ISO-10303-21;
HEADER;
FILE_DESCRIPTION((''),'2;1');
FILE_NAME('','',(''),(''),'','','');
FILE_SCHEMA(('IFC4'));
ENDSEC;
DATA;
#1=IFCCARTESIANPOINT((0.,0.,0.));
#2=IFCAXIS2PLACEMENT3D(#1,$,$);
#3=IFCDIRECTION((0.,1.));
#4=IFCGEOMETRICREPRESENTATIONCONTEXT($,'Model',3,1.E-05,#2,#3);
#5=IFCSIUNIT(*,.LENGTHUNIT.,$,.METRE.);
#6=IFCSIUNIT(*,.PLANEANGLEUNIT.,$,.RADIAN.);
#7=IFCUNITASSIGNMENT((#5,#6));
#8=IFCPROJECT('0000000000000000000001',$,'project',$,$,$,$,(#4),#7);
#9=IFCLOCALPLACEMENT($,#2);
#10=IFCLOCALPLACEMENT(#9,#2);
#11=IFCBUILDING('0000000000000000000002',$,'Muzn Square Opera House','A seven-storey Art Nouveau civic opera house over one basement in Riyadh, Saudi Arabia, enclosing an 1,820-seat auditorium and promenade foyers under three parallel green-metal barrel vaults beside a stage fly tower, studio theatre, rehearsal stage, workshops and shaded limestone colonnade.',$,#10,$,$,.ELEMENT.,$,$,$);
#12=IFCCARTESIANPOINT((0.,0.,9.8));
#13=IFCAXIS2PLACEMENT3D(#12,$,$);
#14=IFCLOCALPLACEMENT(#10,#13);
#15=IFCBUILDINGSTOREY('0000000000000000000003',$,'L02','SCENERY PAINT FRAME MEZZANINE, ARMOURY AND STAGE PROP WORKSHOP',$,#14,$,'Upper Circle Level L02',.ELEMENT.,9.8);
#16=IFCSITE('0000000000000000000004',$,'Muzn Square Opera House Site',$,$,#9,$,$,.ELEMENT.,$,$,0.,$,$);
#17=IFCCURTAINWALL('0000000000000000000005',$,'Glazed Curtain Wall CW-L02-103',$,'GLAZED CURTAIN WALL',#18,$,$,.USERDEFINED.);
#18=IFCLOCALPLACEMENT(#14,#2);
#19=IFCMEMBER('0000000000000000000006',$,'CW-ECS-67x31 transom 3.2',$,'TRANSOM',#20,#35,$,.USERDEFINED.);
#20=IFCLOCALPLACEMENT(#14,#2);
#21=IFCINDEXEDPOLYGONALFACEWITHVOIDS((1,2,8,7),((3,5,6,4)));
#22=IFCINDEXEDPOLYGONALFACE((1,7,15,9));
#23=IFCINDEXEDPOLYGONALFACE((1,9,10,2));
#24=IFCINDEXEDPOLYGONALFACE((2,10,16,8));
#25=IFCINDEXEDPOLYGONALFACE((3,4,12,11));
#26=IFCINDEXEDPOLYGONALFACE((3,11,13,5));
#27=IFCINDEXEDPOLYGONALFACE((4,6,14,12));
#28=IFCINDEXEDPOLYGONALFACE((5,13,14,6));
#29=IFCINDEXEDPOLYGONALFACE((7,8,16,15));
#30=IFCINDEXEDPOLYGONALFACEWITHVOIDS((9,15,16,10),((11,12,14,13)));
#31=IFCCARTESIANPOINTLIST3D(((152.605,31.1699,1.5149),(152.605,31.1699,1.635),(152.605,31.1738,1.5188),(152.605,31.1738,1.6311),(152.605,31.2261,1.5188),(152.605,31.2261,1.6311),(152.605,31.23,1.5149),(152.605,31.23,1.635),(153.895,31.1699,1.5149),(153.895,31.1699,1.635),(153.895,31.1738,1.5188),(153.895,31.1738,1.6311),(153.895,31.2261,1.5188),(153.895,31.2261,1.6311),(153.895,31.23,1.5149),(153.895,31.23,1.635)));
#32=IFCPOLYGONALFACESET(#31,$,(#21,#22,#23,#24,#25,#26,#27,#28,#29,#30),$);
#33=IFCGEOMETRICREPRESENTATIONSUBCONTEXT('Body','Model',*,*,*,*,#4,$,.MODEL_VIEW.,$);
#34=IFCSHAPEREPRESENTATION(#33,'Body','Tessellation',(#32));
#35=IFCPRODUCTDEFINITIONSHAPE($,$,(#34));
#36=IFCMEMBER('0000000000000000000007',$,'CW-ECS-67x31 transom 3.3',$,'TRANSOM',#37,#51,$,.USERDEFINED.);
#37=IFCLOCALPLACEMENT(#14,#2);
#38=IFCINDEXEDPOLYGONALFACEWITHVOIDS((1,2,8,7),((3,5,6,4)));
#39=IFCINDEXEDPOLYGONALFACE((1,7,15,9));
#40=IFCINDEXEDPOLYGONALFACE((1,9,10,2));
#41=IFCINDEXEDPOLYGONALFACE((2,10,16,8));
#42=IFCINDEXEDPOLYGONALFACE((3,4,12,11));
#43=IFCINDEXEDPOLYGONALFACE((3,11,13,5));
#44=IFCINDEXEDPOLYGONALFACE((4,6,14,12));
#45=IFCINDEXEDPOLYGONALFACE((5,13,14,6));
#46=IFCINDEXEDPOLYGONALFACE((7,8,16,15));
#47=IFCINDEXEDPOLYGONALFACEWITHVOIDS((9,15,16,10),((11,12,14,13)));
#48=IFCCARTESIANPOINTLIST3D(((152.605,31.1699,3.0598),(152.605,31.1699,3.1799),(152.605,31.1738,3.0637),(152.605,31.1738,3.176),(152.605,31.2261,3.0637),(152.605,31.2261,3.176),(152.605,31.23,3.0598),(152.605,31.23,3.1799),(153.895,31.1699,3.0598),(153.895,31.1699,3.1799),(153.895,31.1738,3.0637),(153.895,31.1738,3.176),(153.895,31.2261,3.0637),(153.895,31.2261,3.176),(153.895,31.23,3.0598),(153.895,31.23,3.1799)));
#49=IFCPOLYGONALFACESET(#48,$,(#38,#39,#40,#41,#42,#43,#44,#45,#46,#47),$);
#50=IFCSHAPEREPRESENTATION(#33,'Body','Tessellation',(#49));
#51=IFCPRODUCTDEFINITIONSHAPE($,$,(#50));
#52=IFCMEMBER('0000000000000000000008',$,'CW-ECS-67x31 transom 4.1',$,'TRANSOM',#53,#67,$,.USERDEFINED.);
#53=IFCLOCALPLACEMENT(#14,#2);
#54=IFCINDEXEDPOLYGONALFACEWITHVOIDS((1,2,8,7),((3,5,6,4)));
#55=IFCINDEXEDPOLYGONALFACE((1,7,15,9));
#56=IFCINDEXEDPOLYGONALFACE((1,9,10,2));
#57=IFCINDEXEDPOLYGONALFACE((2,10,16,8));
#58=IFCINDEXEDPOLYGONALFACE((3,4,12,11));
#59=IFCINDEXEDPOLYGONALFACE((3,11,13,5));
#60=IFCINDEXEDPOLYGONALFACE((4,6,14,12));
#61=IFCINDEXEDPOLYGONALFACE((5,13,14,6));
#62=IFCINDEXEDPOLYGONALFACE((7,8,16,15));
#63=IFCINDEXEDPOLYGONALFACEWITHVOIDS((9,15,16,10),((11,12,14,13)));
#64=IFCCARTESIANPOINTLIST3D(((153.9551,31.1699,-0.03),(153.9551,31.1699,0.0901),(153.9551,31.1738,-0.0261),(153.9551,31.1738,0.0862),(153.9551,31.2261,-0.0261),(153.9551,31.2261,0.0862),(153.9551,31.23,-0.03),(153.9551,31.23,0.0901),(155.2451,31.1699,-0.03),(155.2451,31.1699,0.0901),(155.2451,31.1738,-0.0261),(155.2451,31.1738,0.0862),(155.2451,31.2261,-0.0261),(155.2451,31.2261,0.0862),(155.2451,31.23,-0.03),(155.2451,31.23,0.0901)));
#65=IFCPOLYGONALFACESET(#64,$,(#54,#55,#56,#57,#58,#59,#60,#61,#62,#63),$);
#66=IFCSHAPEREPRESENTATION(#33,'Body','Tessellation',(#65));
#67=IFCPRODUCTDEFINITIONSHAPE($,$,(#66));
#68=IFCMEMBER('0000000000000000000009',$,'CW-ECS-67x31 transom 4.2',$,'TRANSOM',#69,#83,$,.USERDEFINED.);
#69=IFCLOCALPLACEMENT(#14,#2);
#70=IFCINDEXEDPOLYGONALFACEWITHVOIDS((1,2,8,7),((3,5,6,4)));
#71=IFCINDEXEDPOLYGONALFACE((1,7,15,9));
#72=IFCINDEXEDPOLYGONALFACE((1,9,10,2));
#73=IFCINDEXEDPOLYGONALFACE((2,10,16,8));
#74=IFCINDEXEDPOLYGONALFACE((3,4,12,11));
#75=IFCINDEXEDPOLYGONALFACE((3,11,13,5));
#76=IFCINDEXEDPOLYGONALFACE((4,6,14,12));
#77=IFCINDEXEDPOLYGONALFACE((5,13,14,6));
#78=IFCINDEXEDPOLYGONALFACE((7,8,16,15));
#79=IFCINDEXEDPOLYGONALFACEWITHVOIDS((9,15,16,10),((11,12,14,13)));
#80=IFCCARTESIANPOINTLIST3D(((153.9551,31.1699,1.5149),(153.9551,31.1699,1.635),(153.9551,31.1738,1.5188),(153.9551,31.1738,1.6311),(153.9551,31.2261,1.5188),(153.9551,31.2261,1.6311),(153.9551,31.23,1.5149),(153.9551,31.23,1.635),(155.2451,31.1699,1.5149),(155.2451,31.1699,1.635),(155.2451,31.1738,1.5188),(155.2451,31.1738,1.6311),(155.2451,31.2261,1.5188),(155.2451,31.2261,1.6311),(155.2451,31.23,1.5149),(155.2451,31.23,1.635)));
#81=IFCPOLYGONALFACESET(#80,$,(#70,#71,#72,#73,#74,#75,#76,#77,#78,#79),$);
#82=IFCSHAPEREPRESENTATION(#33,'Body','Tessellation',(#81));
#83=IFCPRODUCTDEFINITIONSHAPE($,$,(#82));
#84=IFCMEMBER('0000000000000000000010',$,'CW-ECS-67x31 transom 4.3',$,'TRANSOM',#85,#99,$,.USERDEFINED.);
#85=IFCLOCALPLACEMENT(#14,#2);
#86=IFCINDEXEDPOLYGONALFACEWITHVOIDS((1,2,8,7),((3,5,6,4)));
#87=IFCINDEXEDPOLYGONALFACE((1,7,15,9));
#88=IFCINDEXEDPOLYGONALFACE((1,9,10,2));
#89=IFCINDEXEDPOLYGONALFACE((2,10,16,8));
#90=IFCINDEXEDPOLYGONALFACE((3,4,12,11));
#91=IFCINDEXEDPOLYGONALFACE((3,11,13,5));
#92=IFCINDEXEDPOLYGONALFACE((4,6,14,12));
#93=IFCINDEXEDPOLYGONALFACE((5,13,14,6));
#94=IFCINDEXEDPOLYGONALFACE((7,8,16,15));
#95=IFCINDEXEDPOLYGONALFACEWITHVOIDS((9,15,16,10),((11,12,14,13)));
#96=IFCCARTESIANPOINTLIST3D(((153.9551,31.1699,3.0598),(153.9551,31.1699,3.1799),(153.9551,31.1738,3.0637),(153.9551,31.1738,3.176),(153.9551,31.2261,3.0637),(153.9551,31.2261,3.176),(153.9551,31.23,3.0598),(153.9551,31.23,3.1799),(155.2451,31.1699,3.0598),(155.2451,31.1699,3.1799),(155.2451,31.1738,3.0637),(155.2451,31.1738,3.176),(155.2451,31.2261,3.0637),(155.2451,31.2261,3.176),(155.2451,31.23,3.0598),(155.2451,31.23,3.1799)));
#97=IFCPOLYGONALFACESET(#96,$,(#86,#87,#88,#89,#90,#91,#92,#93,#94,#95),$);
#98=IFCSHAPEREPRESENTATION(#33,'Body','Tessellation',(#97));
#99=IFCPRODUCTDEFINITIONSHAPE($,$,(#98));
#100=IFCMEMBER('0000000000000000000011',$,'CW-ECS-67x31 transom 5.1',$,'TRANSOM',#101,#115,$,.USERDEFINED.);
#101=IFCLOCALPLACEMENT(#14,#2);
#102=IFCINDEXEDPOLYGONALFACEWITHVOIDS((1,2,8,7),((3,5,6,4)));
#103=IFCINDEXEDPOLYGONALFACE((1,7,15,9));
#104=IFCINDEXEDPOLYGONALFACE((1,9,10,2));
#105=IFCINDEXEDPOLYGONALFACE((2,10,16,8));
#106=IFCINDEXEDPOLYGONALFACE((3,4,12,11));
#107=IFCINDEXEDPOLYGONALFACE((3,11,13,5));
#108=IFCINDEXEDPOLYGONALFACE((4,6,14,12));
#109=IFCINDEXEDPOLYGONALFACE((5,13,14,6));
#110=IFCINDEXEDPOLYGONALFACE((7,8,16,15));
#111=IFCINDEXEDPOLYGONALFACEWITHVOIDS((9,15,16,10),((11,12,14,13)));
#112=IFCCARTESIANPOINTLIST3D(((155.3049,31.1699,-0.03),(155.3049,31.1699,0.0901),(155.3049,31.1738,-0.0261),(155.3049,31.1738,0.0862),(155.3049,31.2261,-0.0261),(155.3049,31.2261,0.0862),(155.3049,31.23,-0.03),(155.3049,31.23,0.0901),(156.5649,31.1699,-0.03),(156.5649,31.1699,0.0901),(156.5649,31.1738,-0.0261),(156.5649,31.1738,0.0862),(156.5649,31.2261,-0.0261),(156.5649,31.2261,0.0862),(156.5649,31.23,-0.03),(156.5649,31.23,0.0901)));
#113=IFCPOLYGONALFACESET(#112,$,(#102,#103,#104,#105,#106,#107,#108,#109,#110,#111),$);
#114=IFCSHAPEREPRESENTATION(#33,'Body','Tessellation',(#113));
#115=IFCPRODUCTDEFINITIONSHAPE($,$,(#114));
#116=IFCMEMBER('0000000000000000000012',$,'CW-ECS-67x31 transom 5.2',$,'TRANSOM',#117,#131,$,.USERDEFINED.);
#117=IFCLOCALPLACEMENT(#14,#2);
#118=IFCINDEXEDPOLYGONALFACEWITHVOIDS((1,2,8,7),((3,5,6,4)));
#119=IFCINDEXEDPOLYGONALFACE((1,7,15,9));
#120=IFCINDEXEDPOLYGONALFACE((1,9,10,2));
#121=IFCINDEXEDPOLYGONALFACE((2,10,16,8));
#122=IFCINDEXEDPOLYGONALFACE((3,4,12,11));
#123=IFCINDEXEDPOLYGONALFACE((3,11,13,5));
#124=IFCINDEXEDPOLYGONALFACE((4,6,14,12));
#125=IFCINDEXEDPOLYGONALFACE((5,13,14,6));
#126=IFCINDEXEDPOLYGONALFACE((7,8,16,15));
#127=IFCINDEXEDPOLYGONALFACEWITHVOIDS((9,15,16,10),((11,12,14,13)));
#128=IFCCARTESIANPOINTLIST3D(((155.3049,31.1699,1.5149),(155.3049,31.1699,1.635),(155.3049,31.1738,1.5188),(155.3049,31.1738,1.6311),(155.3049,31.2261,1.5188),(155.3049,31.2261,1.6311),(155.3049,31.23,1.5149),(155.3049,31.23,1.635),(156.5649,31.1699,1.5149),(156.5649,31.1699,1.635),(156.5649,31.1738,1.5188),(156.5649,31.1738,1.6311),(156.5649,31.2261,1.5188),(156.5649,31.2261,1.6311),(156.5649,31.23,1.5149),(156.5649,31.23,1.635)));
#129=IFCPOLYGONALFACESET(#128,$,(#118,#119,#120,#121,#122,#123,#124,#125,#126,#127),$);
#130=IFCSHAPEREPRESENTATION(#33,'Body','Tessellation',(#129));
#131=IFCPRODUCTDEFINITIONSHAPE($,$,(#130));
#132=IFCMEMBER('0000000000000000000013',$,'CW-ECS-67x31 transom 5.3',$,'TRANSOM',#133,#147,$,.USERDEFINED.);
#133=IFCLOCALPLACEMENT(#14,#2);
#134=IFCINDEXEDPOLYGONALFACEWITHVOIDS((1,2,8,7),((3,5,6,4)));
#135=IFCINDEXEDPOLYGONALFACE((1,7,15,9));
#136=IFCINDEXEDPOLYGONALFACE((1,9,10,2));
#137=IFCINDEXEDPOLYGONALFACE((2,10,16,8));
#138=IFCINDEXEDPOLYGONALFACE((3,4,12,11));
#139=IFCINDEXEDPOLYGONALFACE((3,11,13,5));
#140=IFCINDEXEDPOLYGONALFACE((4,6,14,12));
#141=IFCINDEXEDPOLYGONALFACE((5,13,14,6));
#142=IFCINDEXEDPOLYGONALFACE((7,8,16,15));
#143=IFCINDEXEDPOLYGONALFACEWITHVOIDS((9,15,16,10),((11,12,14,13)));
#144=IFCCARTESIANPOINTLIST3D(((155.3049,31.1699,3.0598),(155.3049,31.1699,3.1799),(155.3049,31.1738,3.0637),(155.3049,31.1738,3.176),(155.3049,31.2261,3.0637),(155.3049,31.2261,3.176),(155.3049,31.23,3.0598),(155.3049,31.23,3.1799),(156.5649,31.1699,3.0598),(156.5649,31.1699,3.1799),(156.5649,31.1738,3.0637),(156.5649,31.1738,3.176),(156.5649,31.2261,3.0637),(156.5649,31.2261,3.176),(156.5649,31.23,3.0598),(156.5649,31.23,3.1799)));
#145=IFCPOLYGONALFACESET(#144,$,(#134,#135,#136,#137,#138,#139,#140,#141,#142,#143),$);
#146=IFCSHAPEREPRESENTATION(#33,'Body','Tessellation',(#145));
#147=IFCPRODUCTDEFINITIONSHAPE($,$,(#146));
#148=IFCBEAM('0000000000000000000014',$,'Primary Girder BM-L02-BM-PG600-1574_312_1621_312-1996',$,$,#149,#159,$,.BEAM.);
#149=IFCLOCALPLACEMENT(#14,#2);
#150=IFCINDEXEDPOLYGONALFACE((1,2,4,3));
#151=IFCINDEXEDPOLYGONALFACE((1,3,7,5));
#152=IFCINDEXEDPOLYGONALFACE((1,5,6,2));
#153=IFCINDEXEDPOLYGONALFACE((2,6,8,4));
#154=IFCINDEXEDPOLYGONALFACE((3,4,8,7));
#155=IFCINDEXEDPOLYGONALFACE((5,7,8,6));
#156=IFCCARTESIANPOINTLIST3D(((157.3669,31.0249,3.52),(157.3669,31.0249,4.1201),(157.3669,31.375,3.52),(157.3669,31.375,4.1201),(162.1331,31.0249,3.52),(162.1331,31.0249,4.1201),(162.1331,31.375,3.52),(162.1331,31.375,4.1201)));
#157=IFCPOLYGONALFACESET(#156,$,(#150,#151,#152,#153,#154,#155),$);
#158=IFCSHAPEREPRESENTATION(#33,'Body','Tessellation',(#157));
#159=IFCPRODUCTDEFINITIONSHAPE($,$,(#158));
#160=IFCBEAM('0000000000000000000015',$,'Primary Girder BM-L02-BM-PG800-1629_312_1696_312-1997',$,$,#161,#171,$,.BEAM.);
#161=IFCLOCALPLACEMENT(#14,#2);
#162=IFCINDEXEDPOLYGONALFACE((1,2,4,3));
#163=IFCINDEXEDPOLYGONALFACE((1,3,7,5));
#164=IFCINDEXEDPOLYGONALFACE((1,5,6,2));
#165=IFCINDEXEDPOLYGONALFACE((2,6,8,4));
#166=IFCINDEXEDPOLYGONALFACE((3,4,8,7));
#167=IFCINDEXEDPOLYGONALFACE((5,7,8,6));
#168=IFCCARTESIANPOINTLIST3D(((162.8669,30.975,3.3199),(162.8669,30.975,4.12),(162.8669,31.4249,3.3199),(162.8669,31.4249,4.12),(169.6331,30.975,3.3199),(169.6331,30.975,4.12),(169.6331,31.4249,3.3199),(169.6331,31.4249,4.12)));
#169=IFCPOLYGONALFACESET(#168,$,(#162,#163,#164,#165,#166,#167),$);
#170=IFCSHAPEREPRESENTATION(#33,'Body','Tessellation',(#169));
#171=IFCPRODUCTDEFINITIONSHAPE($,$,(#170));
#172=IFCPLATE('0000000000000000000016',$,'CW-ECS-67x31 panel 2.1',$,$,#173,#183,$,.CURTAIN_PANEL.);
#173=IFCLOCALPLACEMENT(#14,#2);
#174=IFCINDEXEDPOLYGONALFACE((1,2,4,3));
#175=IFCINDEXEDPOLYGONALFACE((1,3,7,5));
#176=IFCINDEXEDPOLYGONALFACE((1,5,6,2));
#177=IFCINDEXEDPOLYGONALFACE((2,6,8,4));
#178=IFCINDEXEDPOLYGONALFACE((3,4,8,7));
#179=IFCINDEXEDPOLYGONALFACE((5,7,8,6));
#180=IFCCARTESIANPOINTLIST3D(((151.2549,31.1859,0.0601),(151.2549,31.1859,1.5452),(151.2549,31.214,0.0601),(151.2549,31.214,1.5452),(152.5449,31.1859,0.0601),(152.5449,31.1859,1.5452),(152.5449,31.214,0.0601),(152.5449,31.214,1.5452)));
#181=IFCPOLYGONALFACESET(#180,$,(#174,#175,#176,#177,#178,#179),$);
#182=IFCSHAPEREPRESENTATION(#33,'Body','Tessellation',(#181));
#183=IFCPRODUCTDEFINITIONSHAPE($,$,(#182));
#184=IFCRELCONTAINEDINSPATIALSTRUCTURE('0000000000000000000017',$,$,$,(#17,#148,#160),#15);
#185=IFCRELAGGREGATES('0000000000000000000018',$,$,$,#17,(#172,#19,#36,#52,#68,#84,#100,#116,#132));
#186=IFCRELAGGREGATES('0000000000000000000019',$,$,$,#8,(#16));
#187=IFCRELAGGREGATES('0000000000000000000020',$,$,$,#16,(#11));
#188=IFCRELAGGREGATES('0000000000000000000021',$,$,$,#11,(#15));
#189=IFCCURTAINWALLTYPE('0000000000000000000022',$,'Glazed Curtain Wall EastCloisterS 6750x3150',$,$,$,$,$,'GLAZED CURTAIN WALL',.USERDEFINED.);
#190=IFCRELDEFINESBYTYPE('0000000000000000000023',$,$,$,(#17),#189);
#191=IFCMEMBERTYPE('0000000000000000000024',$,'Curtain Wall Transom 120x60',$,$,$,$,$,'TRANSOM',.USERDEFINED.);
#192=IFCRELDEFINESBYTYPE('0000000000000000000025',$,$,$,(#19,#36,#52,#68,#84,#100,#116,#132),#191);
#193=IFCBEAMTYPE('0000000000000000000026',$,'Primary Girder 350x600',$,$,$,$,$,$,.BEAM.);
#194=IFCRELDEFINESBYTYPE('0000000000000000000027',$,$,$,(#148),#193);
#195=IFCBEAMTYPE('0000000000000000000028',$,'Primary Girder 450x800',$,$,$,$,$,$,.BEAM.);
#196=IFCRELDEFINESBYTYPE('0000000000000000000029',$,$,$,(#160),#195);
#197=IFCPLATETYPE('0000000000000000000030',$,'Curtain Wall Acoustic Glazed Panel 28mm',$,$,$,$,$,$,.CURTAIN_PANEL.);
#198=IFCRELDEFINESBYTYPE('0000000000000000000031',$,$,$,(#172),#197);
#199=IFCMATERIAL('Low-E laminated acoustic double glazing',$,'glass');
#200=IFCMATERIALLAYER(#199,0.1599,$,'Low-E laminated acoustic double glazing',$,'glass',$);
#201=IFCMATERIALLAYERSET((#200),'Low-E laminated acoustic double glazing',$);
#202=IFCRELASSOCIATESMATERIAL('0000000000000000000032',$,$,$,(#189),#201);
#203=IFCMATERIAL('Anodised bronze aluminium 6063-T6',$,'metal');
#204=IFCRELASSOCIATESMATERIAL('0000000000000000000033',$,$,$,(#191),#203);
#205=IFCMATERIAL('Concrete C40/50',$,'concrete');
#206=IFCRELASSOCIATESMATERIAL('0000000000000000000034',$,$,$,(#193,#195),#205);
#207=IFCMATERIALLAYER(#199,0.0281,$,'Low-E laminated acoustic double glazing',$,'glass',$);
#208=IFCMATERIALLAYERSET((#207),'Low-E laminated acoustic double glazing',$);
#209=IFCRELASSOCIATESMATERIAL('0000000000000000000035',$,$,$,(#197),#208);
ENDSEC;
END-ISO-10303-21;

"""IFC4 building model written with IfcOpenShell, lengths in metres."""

from ifc_helpers import new_model, si_unit, direction, frame, origin, origin_2d, place, context, subcontext, project, spatial, rectangle, hollow_rectangle, extrude, material, layer, layer_set, material_profile, profile_set, type_object, element, aggregate, save


model = new_model("IFC4")

# Units and contexts
model_context = context("Model", 3, precision=1e-05, world=origin(), true_north=direction((0.0, 1.0)))
body_context = subcontext(model_context, "Body", "Model", "MODEL_VIEW")
ifc_project = project(units=[si_unit("LENGTHUNIT", "METRE"), si_unit("PLANEANGLEUNIT", "RADIAN")], contexts=[model_context])

# Site, building, storey
site_placement = place(None, origin())
site = spatial("IfcSite", under=ifc_project, at=site_placement, Name="Muzn Square Opera House Site", CompositionType="ELEMENT", RefElevation=0.0)
building_placement = place(site_placement, origin())
building = spatial("IfcBuilding", under=site, at=building_placement, Name="Muzn Square Opera House", Description="A seven-storey Art Nouveau civic opera house over one basement in Riyadh, Saudi Arabia, enclosing an 1,820-seat auditorium and promenade foyers under three parallel green-metal barrel vaults beside a stage fly tower, studio theatre, rehearsal stage, workshops and shaded limestone colonnade.", CompositionType="ELEMENT")
storey_placement = place(building_placement, frame((0.0, 0.0, 9.8)))
storey = spatial("IfcBuildingStorey", under=building, at=storey_placement, Name="L02", Description="SCENERY PAINT FRAME MEZZANINE, ARMOURY AND STAGE PROP WORKSHOP", LongName="Upper Circle Level L02", CompositionType="ELEMENT", Elevation=9.8)

# Curtain wall, members
ifc_material_1 = material(Name="Low-E laminated acoustic double glazing", Category="glass")
ifc_layer_1 = layer(ifc_material_1, 0.1599, Name="Low-E laminated acoustic double glazing", Category="glass")
ifc_layer_set_1 = layer_set([ifc_layer_1], Name="Low-E laminated acoustic double glazing")
curtain_wall_type = type_object("IfcCurtainWallType", Name="Glazed Curtain Wall EastCloisterS 6750x3150", ElementType="GLAZED CURTAIN WALL", PredefinedType="USERDEFINED", material=ifc_layer_set_1)
curtain_wall_placement = place(storey_placement, origin())
curtain_wall = element("IfcCurtainWall", 1, at=curtain_wall_placement, inside=storey, type_object=curtain_wall_type, Name="Glazed Curtain Wall CW-L02-103", ObjectType="GLAZED CURTAIN WALL", PredefinedType="USERDEFINED")
ifc_material_2 = material(Name="Anodised bronze aluminium 6063-T6", Category="metal")
ifc_material_profile_1 = material_profile(ifc_material_2, hollow_rectangle(XDim=0.0601, YDim=0.1201, WallThickness=0.0039, at=origin_2d()), Name="ALU 120x60x4", Category="metal")
ifc_profile_set_1 = profile_set([ifc_material_profile_1], Name="Anodised bronze aluminium 6063-T6")
member_type_1 = type_object("IfcMemberType", Name="Curtain Wall Transom 120x60", ElementType="TRANSOM", PredefinedType="USERDEFINED", material=ifc_profile_set_1)
member_1_placement = place(storey_placement, frame((152.605, 31.2, 1.575), z_axis=(1.0, 0.0, 0.0), x_axis=(0.0, 1.0, 0.0)))
member_1 = element("IfcMember", 2, at=member_1_placement, type_object=member_type_1, Name="CW-ECS-67x31 transom 3.2", ObjectType="TRANSOM", PredefinedType="USERDEFINED", context=body_context, shape_type="SweptSolid", body=[
    extrude(hollow_rectangle(XDim=0.0601, YDim=0.1201, WallThickness=0.0039, at=origin_2d()), origin(), (0.0, 0.0, 1.0), 1.29),
])
member_2_placement = place(storey_placement, frame((152.605, 31.2, 3.1199), z_axis=(1.0, 0.0, 0.0), x_axis=(0.0, 1.0, 0.0)))
member_2 = element("IfcMember", 3, at=member_2_placement, type_object=member_type_1, Name="CW-ECS-67x31 transom 3.3", ObjectType="TRANSOM", PredefinedType="USERDEFINED", context=body_context, shape_type="SweptSolid", body=[
    extrude(hollow_rectangle(XDim=0.0601, YDim=0.1201, WallThickness=0.0039, at=origin_2d()), origin(), (0.0, 0.0, 1.0), 1.29),
])
member_3_placement = place(storey_placement, frame((153.9551, 31.2, 0.03), z_axis=(1.0, 0.0, 0.0), x_axis=(0.0, 1.0, 0.0)))
member_3 = element("IfcMember", 4, at=member_3_placement, type_object=member_type_1, Name="CW-ECS-67x31 transom 4.1", ObjectType="TRANSOM", PredefinedType="USERDEFINED", context=body_context, shape_type="SweptSolid", body=[
    extrude(hollow_rectangle(XDim=0.0601, YDim=0.1201, WallThickness=0.0039, at=origin_2d()), origin(), (0.0, 0.0, 1.0), 1.29),
])
member_4_placement = place(storey_placement, frame((153.9551, 31.2, 1.575), z_axis=(1.0, 0.0, 0.0), x_axis=(0.0, 1.0, 0.0)))
member_4 = element("IfcMember", 5, at=member_4_placement, type_object=member_type_1, Name="CW-ECS-67x31 transom 4.2", ObjectType="TRANSOM", PredefinedType="USERDEFINED", context=body_context, shape_type="SweptSolid", body=[
    extrude(hollow_rectangle(XDim=0.0601, YDim=0.1201, WallThickness=0.0039, at=origin_2d()), origin(), (0.0, 0.0, 1.0), 1.29),
])
member_5_placement = place(storey_placement, frame((153.9551, 31.2, 3.1199), z_axis=(1.0, 0.0, 0.0), x_axis=(0.0, 1.0, 0.0)))
member_5 = element("IfcMember", 6, at=member_5_placement, type_object=member_type_1, Name="CW-ECS-67x31 transom 4.3", ObjectType="TRANSOM", PredefinedType="USERDEFINED", context=body_context, shape_type="SweptSolid", body=[
    extrude(hollow_rectangle(XDim=0.0601, YDim=0.1201, WallThickness=0.0039, at=origin_2d()), origin(), (0.0, 0.0, 1.0), 1.29),
])
member_6_placement = place(storey_placement, frame((155.3049, 31.2, 0.03), z_axis=(1.0, 0.0, 0.0), x_axis=(0.0, 1.0, 0.0)))
member_6 = element("IfcMember", 7, at=member_6_placement, type_object=member_type_1, Name="CW-ECS-67x31 transom 5.1", ObjectType="TRANSOM", PredefinedType="USERDEFINED", context=body_context, shape_type="SweptSolid", body=[
    extrude(hollow_rectangle(XDim=0.0601, YDim=0.1201, WallThickness=0.0039, at=origin_2d()), origin(), (0.0, 0.0, 1.0), 1.26),
])
member_7_placement = place(storey_placement, frame((155.3049, 31.2, 1.575), z_axis=(1.0, 0.0, 0.0), x_axis=(0.0, 1.0, 0.0)))
member_7 = element("IfcMember", 8, at=member_7_placement, type_object=member_type_1, Name="CW-ECS-67x31 transom 5.2", ObjectType="TRANSOM", PredefinedType="USERDEFINED", context=body_context, shape_type="SweptSolid", body=[
    extrude(hollow_rectangle(XDim=0.0601, YDim=0.1201, WallThickness=0.0039, at=origin_2d()), origin(), (0.0, 0.0, 1.0), 1.26),
])
member_8_placement = place(storey_placement, frame((155.3049, 31.2, 3.1199), z_axis=(1.0, 0.0, 0.0), x_axis=(0.0, 1.0, 0.0)))
member_8 = element("IfcMember", 9, at=member_8_placement, type_object=member_type_1, Name="CW-ECS-67x31 transom 5.3", ObjectType="TRANSOM", PredefinedType="USERDEFINED", context=body_context, shape_type="SweptSolid", body=[
    extrude(hollow_rectangle(XDim=0.0601, YDim=0.1201, WallThickness=0.0039, at=origin_2d()), origin(), (0.0, 0.0, 1.0), 1.26),
])

# Beams
ifc_material_3 = material(Name="Concrete C40/50", Category="concrete")
ifc_material_profile_2 = material_profile(ifc_material_3, rectangle(XDim=0.3501, YDim=0.6001, at=origin_2d()), Name="RCB 350x600", Category="concrete")
ifc_profile_set_2 = profile_set([ifc_material_profile_2], Name="Concrete C40/50")
beam_type_1 = type_object("IfcBeamType", Name="Primary Girder 350x600", PredefinedType="BEAM", material=ifc_profile_set_2)
beam_1_placement = place(storey_placement, frame((157.3669, 31.2, 3.8201), z_axis=(1.0, 0.0, 0.0), x_axis=(0.0, 1.0, 0.0)))
element("IfcBeam", 10, at=beam_1_placement, inside=storey, type_object=beam_type_1, Name="Primary Girder BM-L02-BM-PG600-1574_312_1621_312-1996", PredefinedType="BEAM", context=body_context, shape_type="SweptSolid", body=[
    extrude(rectangle(XDim=0.3501, YDim=0.6001, at=origin_2d()), origin(), (0.0, 0.0, 1.0), 4.7661),
])
ifc_material_profile_3 = material_profile(ifc_material_3, rectangle(XDim=0.45, YDim=0.8, at=origin_2d()), Name="RCB 450x800", Category="concrete")
ifc_profile_set_3 = profile_set([ifc_material_profile_3], Name="Concrete C40/50")
beam_type_2 = type_object("IfcBeamType", Name="Primary Girder 450x800", PredefinedType="BEAM", material=ifc_profile_set_3)
beam_2_placement = place(storey_placement, frame((162.8669, 31.2, 3.72), z_axis=(1.0, 0.0, 0.0), x_axis=(0.0, 1.0, 0.0)))
element("IfcBeam", 11, at=beam_2_placement, inside=storey, type_object=beam_type_2, Name="Primary Girder BM-L02-BM-PG800-1629_312_1696_312-1997", PredefinedType="BEAM", context=body_context, shape_type="SweptSolid", body=[
    extrude(rectangle(XDim=0.45, YDim=0.8, at=origin_2d()), origin(), (0.0, 0.0, 1.0), 6.7661),
])

# Plate
ifc_layer_2 = layer(ifc_material_1, 0.0281, Name="Low-E laminated acoustic double glazing", Category="glass")
ifc_layer_set_2 = layer_set([ifc_layer_2], Name="Low-E laminated acoustic double glazing")
plate_type = type_object("IfcPlateType", Name="Curtain Wall Acoustic Glazed Panel 28mm", PredefinedType="CURTAIN_PANEL", material=ifc_layer_set_2)
plate_1_placement = place(storey_placement, frame((151.8999, 31.2, 0.0601), z_axis=(0.0, 0.0, 1.0), x_axis=(1.0, 0.0, 0.0)))
plate_1 = element("IfcPlate", 12, at=plate_1_placement, type_object=plate_type, Name="CW-ECS-67x31 panel 2.1", PredefinedType="CURTAIN_PANEL", context=body_context, shape_type="SweptSolid", body=[
    extrude(rectangle(XDim=1.29, YDim=0.0281, at=origin_2d()), origin(), (0.0, 0.0, 1.0), 1.4851),
])
aggregate(curtain_wall, [plate_1, member_1, member_2, member_3, member_4, member_5, member_6, member_7, member_8])

save(model, "model.ifc")
